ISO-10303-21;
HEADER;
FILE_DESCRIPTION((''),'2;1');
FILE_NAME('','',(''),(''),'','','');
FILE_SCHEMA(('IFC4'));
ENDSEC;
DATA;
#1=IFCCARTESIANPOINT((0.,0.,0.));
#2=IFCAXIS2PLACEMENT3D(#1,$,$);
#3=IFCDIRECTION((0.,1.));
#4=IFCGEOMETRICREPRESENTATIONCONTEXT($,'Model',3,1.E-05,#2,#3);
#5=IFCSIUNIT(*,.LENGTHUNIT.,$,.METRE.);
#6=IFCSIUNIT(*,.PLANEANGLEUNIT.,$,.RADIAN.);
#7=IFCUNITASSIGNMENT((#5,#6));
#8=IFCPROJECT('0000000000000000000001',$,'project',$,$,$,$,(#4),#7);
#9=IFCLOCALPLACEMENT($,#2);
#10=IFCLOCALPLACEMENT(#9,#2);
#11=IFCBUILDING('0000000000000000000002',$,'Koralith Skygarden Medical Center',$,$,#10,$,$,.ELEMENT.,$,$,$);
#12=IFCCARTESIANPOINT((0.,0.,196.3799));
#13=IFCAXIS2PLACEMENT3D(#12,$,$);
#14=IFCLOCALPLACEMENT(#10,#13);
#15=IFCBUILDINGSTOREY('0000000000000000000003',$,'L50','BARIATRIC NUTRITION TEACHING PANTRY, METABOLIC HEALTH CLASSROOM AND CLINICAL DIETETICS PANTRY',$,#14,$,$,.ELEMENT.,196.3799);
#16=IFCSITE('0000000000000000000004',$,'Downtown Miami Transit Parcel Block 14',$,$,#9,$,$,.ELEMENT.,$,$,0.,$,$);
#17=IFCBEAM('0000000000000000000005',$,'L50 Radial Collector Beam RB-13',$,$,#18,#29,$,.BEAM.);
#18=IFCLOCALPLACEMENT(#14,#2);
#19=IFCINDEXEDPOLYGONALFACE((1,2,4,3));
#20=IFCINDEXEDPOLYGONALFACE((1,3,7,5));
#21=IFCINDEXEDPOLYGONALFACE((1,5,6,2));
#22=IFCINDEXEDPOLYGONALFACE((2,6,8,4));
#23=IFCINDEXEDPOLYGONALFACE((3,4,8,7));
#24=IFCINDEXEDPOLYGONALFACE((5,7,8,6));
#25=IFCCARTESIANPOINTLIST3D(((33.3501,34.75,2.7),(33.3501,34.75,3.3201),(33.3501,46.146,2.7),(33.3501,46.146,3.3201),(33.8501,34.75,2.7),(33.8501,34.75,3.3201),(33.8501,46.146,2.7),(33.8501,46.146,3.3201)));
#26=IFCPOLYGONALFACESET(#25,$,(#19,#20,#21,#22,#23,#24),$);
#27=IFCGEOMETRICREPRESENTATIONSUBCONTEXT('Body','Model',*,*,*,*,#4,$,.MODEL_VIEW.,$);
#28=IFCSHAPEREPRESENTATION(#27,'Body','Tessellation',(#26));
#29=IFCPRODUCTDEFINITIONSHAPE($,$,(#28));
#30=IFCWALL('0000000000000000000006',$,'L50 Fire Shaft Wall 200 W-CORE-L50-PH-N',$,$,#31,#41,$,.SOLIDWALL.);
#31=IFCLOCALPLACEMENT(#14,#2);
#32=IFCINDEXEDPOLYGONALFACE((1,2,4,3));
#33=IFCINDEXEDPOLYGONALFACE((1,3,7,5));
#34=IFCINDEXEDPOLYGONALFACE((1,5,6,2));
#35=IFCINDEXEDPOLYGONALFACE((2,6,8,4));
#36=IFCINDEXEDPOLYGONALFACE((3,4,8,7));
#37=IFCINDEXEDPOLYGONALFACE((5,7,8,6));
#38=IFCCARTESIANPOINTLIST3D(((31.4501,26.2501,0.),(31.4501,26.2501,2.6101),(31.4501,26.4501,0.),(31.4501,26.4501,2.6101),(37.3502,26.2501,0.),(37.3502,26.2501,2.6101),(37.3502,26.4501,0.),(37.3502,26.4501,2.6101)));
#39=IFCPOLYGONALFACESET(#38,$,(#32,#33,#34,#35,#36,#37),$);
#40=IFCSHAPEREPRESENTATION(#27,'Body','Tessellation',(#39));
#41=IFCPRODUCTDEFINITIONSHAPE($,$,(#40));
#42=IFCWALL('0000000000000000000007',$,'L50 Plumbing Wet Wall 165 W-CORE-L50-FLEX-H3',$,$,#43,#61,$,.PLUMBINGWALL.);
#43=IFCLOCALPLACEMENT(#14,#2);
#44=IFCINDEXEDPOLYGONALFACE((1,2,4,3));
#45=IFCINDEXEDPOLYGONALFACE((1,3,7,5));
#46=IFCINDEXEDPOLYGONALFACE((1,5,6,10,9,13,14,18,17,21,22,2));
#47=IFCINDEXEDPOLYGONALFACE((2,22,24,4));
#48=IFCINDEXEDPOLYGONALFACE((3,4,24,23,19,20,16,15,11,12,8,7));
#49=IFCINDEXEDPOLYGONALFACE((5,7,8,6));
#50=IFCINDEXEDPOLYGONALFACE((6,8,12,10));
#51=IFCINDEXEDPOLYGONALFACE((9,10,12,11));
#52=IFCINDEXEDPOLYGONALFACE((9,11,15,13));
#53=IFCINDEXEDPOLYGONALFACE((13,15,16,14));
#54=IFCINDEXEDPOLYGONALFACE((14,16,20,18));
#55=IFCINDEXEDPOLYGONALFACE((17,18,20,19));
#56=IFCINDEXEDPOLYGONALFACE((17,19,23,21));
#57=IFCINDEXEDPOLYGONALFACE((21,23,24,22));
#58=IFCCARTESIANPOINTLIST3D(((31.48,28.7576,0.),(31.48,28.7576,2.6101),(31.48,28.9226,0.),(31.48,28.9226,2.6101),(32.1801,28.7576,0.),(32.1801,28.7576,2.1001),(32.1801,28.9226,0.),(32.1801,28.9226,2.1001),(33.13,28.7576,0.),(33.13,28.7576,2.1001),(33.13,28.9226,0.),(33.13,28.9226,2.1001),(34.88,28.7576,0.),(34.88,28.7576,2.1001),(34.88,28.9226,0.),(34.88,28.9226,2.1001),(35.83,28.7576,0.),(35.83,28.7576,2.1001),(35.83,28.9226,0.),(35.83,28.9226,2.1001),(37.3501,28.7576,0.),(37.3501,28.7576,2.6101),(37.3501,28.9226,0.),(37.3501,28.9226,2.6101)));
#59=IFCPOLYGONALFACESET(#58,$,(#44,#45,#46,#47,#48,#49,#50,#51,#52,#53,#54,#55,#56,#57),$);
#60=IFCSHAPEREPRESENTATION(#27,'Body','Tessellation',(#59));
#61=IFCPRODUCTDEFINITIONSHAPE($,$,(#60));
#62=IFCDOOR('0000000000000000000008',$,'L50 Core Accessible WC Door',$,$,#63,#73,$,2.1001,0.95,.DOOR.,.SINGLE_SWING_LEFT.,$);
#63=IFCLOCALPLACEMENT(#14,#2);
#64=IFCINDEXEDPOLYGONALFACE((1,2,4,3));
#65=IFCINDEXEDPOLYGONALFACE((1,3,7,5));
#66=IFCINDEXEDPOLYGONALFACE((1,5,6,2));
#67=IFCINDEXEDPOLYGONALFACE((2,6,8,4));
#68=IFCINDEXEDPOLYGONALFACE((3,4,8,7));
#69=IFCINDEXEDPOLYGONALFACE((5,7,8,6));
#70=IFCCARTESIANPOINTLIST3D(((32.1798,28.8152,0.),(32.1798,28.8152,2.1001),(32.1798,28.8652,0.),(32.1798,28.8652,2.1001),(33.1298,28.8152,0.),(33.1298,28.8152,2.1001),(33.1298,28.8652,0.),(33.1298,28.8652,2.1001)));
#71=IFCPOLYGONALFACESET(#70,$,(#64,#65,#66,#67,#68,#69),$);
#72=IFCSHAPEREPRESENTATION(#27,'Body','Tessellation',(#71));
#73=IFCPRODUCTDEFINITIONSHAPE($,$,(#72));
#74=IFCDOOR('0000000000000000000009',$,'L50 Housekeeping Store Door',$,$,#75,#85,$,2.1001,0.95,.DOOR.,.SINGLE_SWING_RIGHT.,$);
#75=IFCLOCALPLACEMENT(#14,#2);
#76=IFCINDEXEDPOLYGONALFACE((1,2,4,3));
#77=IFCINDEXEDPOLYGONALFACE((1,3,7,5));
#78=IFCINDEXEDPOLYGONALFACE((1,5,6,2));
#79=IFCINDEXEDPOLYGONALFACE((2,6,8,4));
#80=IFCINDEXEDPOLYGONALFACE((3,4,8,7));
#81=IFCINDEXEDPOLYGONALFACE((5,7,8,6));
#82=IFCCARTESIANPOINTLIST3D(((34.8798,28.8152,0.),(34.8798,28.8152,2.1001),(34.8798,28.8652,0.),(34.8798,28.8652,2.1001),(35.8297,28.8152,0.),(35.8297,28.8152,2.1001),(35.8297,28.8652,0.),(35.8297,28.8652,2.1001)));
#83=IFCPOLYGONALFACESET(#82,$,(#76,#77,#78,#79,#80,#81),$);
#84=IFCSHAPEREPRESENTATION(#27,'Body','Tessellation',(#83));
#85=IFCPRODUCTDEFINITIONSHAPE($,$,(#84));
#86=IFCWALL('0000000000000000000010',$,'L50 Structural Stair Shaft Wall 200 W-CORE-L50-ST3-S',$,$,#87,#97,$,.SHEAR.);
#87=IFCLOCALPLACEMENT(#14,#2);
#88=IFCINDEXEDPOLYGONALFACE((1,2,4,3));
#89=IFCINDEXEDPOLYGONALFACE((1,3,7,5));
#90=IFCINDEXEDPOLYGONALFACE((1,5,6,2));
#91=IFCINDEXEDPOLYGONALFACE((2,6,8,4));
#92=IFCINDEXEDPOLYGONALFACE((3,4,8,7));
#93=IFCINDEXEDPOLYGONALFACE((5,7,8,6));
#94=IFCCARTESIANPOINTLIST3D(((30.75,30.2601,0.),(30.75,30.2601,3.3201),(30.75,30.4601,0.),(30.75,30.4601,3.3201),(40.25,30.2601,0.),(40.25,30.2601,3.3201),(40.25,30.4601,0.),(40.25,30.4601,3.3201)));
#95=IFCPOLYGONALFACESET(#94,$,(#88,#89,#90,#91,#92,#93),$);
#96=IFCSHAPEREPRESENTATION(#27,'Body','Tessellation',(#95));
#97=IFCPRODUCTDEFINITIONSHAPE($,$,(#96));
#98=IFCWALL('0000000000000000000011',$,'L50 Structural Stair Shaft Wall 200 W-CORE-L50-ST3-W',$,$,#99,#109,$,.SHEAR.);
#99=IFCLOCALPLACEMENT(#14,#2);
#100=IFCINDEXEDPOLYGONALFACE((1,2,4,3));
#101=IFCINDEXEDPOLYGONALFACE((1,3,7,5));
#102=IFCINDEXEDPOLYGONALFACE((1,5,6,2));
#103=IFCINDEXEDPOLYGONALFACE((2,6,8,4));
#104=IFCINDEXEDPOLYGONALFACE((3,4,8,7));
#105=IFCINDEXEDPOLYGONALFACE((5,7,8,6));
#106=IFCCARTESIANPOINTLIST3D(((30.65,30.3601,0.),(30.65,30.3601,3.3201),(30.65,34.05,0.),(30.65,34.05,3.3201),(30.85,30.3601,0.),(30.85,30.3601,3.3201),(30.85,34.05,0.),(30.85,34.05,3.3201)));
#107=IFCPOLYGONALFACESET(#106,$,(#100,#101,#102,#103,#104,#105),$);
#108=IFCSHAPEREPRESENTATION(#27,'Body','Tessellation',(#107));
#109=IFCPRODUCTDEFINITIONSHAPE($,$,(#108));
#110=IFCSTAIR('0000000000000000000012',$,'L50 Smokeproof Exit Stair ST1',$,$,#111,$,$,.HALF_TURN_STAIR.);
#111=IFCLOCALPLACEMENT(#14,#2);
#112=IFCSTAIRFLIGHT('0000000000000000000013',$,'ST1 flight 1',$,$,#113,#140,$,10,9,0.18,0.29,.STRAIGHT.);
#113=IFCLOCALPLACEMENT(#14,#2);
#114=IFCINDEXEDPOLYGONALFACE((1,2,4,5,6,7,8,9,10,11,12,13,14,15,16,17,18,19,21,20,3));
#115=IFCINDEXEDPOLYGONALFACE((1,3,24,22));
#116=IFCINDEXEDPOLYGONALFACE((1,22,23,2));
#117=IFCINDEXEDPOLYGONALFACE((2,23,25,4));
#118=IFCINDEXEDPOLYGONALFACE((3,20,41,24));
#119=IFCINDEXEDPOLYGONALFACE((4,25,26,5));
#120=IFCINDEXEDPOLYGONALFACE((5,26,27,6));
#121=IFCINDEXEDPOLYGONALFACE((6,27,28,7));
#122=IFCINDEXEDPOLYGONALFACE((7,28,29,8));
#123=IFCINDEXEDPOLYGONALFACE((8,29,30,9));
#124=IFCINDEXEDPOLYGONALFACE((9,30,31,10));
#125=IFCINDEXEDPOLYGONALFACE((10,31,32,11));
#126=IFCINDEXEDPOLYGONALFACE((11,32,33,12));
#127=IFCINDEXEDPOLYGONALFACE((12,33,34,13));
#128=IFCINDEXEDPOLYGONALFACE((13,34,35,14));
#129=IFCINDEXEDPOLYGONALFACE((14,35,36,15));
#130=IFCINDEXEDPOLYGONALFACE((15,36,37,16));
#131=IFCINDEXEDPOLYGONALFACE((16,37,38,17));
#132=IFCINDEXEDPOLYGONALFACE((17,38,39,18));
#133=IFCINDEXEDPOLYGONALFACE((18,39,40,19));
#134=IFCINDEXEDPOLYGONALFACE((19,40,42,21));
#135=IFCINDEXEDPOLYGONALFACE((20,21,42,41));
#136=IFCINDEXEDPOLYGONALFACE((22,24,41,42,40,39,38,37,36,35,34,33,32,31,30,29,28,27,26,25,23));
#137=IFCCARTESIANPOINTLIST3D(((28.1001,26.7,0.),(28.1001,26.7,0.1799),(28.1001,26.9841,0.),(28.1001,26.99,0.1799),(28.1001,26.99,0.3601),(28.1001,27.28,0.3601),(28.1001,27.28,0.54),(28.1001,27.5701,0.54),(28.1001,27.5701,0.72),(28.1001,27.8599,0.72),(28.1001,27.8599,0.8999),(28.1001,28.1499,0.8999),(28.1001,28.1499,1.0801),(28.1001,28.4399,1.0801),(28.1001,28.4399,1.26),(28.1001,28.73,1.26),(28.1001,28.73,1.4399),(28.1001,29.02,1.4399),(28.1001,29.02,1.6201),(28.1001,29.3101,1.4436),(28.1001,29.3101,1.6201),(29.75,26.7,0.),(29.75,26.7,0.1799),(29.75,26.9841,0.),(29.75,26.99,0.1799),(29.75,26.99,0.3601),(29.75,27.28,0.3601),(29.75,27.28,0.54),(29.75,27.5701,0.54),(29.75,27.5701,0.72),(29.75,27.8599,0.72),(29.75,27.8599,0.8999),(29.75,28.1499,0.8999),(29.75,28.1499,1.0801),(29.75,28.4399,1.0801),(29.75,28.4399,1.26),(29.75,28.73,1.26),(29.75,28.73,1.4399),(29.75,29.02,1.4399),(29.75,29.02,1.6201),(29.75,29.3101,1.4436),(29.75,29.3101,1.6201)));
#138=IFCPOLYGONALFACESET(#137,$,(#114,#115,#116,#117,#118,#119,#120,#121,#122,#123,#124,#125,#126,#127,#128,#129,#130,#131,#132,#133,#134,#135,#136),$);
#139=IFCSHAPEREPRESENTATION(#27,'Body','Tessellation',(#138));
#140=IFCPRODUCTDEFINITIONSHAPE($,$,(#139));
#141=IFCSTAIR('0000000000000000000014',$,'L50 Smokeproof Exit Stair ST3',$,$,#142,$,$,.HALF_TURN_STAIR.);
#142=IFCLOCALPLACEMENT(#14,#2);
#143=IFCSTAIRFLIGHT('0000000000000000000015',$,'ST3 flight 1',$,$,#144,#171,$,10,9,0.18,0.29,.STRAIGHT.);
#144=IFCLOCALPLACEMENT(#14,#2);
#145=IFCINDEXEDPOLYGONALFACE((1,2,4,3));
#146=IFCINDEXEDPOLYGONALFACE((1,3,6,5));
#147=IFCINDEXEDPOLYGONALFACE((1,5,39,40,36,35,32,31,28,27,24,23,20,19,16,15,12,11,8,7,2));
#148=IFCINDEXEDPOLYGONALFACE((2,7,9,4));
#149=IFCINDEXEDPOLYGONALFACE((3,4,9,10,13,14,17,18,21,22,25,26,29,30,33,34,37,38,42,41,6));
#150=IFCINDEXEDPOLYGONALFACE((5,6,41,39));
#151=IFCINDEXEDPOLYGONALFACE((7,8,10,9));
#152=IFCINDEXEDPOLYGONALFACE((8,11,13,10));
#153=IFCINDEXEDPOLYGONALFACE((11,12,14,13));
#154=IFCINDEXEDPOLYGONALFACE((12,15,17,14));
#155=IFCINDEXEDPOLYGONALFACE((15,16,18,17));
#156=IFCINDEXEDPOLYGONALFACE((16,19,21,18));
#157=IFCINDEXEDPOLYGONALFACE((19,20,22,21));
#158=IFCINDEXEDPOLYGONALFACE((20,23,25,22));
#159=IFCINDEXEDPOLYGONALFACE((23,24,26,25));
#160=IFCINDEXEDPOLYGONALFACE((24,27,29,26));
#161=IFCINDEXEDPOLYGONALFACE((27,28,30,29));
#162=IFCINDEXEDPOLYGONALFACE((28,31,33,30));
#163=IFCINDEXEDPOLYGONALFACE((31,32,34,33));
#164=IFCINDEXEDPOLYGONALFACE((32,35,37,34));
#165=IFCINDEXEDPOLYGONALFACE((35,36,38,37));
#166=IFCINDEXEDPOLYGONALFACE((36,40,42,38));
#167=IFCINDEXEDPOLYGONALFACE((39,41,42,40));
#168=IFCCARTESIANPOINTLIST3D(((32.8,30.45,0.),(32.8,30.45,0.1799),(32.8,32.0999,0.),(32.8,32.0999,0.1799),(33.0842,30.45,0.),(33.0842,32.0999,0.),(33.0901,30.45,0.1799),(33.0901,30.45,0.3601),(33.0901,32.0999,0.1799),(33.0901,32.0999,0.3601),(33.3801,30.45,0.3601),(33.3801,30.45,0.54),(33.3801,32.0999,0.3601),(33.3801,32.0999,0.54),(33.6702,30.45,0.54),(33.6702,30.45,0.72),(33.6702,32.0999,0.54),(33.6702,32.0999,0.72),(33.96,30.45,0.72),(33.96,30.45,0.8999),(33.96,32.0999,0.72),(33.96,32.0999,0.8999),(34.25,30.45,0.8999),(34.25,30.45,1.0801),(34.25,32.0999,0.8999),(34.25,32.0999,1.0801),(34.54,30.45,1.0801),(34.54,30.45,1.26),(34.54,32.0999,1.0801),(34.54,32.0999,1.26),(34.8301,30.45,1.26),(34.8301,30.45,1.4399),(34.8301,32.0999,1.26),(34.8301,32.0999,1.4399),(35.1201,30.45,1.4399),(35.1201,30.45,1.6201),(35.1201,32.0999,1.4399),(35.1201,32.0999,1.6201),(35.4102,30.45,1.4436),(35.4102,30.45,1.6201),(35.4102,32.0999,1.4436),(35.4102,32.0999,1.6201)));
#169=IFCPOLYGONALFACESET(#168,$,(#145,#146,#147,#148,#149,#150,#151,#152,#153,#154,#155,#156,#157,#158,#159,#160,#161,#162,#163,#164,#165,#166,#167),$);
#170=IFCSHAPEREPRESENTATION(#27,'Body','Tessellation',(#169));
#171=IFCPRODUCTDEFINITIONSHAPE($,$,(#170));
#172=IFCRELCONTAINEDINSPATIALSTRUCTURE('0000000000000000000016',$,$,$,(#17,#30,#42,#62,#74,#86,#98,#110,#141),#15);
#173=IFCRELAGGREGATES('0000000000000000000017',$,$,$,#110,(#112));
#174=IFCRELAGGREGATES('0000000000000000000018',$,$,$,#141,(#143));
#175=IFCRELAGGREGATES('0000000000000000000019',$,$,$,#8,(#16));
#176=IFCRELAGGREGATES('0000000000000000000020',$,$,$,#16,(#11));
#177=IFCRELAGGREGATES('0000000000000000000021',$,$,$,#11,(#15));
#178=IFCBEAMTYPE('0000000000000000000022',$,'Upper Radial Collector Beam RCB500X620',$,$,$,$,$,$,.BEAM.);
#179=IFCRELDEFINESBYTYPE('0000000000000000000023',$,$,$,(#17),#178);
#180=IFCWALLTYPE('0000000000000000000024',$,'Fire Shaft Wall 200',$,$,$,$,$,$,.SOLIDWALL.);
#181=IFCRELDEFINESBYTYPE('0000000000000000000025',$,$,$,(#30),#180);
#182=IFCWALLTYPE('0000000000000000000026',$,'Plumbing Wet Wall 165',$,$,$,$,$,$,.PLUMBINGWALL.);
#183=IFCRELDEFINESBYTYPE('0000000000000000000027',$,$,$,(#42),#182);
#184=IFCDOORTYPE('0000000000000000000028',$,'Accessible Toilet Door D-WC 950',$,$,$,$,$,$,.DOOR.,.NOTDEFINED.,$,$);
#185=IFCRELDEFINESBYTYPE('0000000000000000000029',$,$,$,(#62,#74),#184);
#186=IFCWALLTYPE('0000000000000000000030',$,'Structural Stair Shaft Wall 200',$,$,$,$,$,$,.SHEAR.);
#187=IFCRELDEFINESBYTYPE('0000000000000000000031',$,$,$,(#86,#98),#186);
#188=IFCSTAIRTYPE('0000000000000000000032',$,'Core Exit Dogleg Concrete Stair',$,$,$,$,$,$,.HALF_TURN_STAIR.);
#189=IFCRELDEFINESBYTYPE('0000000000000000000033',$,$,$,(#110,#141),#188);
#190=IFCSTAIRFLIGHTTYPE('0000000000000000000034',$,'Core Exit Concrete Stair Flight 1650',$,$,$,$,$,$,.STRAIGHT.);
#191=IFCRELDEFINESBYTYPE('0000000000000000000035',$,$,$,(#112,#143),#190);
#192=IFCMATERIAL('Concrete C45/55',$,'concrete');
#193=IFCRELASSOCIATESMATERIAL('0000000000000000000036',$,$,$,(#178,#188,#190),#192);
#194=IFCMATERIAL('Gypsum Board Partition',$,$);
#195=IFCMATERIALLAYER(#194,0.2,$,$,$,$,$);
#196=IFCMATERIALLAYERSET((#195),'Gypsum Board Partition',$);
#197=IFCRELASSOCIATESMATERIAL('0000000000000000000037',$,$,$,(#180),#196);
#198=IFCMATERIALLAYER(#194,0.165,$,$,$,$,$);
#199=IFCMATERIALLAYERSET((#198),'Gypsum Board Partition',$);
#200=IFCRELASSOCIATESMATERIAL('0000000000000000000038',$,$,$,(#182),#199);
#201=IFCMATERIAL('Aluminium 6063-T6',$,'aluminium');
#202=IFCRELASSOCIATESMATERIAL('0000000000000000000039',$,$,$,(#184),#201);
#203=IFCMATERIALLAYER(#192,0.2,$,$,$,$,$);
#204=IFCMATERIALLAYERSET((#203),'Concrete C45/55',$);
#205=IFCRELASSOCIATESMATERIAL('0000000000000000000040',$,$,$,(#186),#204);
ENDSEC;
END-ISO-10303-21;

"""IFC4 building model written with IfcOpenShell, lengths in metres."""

from ifc_helpers import new_model, si_unit, direction, frame, frame_2d, origin, origin_2d, place, context, subcontext, project, spatial, polyline, rectangle, outline, extrude, material, layer, layer_set, material_profile, profile_set, type_object, element, fill, aggregate, save


model = new_model("IFC4")

# Units and contexts
model_context = context("Model", 3, precision=1e-05, world=origin(), true_north=direction((0.0, 1.0)))
body_context = subcontext(model_context, "Body", "Model", "MODEL_VIEW")
ifc_project = project(units=[si_unit("LENGTHUNIT", "METRE"), si_unit("PLANEANGLEUNIT", "RADIAN")], contexts=[model_context])

# Site, building, storey
site_placement = place(None, origin())
site = spatial("IfcSite", under=ifc_project, at=site_placement, Name="Downtown Miami Transit Parcel Block 14", CompositionType="ELEMENT", RefElevation=0.0)
building_placement = place(site_placement, origin())
building = spatial("IfcBuilding", under=site, at=building_placement, Name="Koralith Skygarden Medical Center", CompositionType="ELEMENT")
storey_placement = place(building_placement, frame((0.0, 0.0, 196.3799)))
storey = spatial("IfcBuildingStorey", under=building, at=storey_placement, Name="L50", Description="BARIATRIC NUTRITION TEACHING PANTRY, METABOLIC HEALTH CLASSROOM AND CLINICAL DIETETICS PANTRY", CompositionType="ELEMENT", Elevation=196.3799)

# Beam
ifc_material_1 = material(Name="Concrete C45/55", Category="concrete")
ifc_material_profile = material_profile(ifc_material_1, rectangle(XDim=0.5, YDim=0.6201, at=origin_2d()), Name="RCB500X620")
ifc_profile_set = profile_set([ifc_material_profile], Name="Concrete C45/55")
beam_type = type_object("IfcBeamType", Name="Upper Radial Collector Beam RCB500X620", PredefinedType="BEAM", material=ifc_profile_set)
beam_placement = place(storey_placement, frame((33.6001, 34.75, 3.01), z_axis=(0.0, 1.0, 0.0), x_axis=(-1.0, 0.0, 0.0)))
element("IfcBeam", 1, at=beam_placement, inside=storey, type_object=beam_type, Name="L50 Radial Collector Beam RB-13", PredefinedType="BEAM", context=body_context, shape_type="SweptSolid", body=[
    extrude(rectangle(XDim=0.5, YDim=0.6201, at=origin_2d()), origin(), (0.0, 0.0, 1.0), 11.396),
])

# Wall
ifc_material_2 = material(Name="Gypsum Board Partition")
ifc_layer_1 = layer(ifc_material_2, 0.2)
ifc_layer_set_1 = layer_set([ifc_layer_1], Name="Gypsum Board Partition")
wall_type_1 = type_object("IfcWallType", Name="Fire Shaft Wall 200", PredefinedType="SOLIDWALL", material=ifc_layer_set_1)
wall_1_placement = place(storey_placement, frame((31.45, 26.3501, 0.0), z_axis=(0.0, 0.0, 1.0), x_axis=(1.0, 0.0, 0.0)))
element("IfcWall", 2, at=wall_1_placement, inside=storey, type_object=wall_type_1, Name="L50 Fire Shaft Wall 200 W-CORE-L50-PH-N", PredefinedType="SOLIDWALL", context=body_context, shape_type="SweptSolid", body=[
    extrude(rectangle(XDim=5.9001, YDim=0.2, at=frame_2d((2.9502, 0.0))), origin(), (0.0, 0.0, 1.0), 2.6101),
])

# Wall, openings, doors
ifc_layer_2 = layer(ifc_material_2, 0.165)
ifc_layer_set_2 = layer_set([ifc_layer_2], Name="Gypsum Board Partition")
wall_type_2 = type_object("IfcWallType", Name="Plumbing Wet Wall 165", PredefinedType="PLUMBINGWALL", material=ifc_layer_set_2)
wall_2_placement = place(storey_placement, frame((31.48, 28.8401, 0.0), z_axis=(0.0, 0.0, 1.0), x_axis=(1.0, 0.0, 0.0)))
wall_2 = element("IfcWall", 3, at=wall_2_placement, inside=storey, type_object=wall_type_2, Name="L50 Plumbing Wet Wall 165 W-CORE-L50-FLEX-H3", PredefinedType="PLUMBINGWALL", context=body_context, shape_type="SweptSolid", body=[
    extrude(rectangle(XDim=5.8701, YDim=0.165, at=frame_2d((2.9351, 0.0))), origin(), (0.0, 0.0, 1.0), 2.6101),
])
opening_1_placement = place(wall_2_placement, frame((0.7, 0.0, 0.0)))
opening_1 = element("IfcOpeningElement", 4, at=opening_1_placement, cuts=wall_2, PredefinedType="OPENING", context=body_context, shape_type="SweptSolid", body=[
    extrude(rectangle(XDim=0.95, YDim=2.1001, at=frame_2d((0.4751, 1.05))), frame((0.0, 0.0925, 0.0), z_axis=(0.0, -1.0, 0.0), x_axis=(1.0, 0.0, 0.0)), (0.0, 0.0, 1.0), 0.1851),
])
opening_2_placement = place(wall_2_placement, frame((3.3999, 0.0, 0.0)))
opening_2 = element("IfcOpeningElement", 5, at=opening_2_placement, cuts=wall_2, PredefinedType="OPENING", context=body_context, shape_type="SweptSolid", body=[
    extrude(rectangle(XDim=0.95, YDim=2.1001, at=frame_2d((0.4751, 1.05))), frame((0.0, 0.0925, 0.0), z_axis=(0.0, -1.0, 0.0), x_axis=(1.0, 0.0, 0.0)), (0.0, 0.0, 1.0), 0.1851),
])
ifc_material_3 = material(Name="Aluminium 6063-T6", Category="aluminium")
door_type = type_object("IfcDoorType", Name="Accessible Toilet Door D-WC 950", OperationType="NOTDEFINED", PredefinedType="DOOR", material=ifc_material_3)
door_1_placement = place(opening_1_placement, frame((0.95, 0.0, 0.0), z_axis=(0.0, 0.0, 1.0), x_axis=(-1.0, 0.0, 0.0)))
door_1 = element("IfcDoor", 6, at=door_1_placement, inside=storey, type_object=door_type, Name="L50 Core Accessible WC Door", OperationType="SINGLE_SWING_LEFT", OverallHeight=2.1001, OverallWidth=0.95, PredefinedType="DOOR", context=body_context, shape_type="SweptSolid", body=[
    extrude(rectangle(XDim=0.95, YDim=2.1001, at=frame_2d((0.4751, 1.05))), frame((0.0, 0.0249, 0.0), z_axis=(0.0, -1.0, 0.0), x_axis=(1.0, 0.0, 0.0)), (0.0, 0.0, 1.0), 0.05),
])
fill(opening_1, door_1)
door_2_placement = place(opening_2_placement, frame((0.95, 0.0, 0.0), z_axis=(0.0, 0.0, 1.0), x_axis=(-1.0, 0.0, 0.0)))
door_2 = element("IfcDoor", 7, at=door_2_placement, inside=storey, type_object=door_type, Name="L50 Housekeeping Store Door", OperationType="SINGLE_SWING_RIGHT", OverallHeight=2.1001, OverallWidth=0.95, PredefinedType="DOOR", context=body_context, shape_type="SweptSolid", body=[
    extrude(rectangle(XDim=0.95, YDim=2.1001, at=frame_2d((0.4751, 1.05))), frame((0.0, 0.0249, 0.0), z_axis=(0.0, -1.0, 0.0), x_axis=(1.0, 0.0, 0.0)), (0.0, 0.0, 1.0), 0.05),
])
fill(opening_2, door_2)

# Walls
ifc_layer_3 = layer(ifc_material_1, 0.2)
ifc_layer_set_3 = layer_set([ifc_layer_3], Name="Concrete C45/55")
wall_type_3 = type_object("IfcWallType", Name="Structural Stair Shaft Wall 200", PredefinedType="SHEAR", material=ifc_layer_set_3)
wall_3_placement = place(storey_placement, frame((30.75, 30.3601, 0.0), z_axis=(0.0, 0.0, 1.0), x_axis=(1.0, 0.0, 0.0)))
element("IfcWall", 8, at=wall_3_placement, inside=storey, type_object=wall_type_3, Name="L50 Structural Stair Shaft Wall 200 W-CORE-L50-ST3-S", PredefinedType="SHEAR", context=body_context, shape_type="SweptSolid", body=[
    extrude(rectangle(XDim=9.5, YDim=0.2, at=frame_2d((4.75, 0.0))), origin(), (0.0, 0.0, 1.0), 3.3201),
])
wall_4_placement = place(storey_placement, frame((30.75, 30.3601, 0.0), z_axis=(0.0, 0.0, 1.0), x_axis=(0.0, 1.0, 0.0)))
element("IfcWall", 9, at=wall_4_placement, inside=storey, type_object=wall_type_3, Name="L50 Structural Stair Shaft Wall 200 W-CORE-L50-ST3-W", PredefinedType="SHEAR", context=body_context, shape_type="SweptSolid", body=[
    extrude(rectangle(XDim=3.6899, YDim=0.2, at=frame_2d((1.845, 0.0))), origin(), (0.0, 0.0, 1.0), 3.3201),
])

# Stair, stair flight
stair_type = type_object("IfcStairType", Name="Core Exit Dogleg Concrete Stair", PredefinedType="HALF_TURN_STAIR", material=ifc_material_1)
stair_1_placement = place(storey_placement, origin())
stair_1 = element("IfcStair", 10, at=stair_1_placement, inside=storey, type_object=stair_type, Name="L50 Smokeproof Exit Stair ST1", PredefinedType="HALF_TURN_STAIR")
stair_flight_type = type_object("IfcStairFlightType", Name="Core Exit Concrete Stair Flight 1650", PredefinedType="STRAIGHT", material=ifc_material_1)
stair_flight_1_placement = place(storey_placement, frame((28.925, 26.7, 0.0), z_axis=(0.0, 0.0, 1.0), x_axis=(0.0, 1.0, 0.0)))
stair_flight_1 = element("IfcStairFlight", 11, at=stair_flight_1_placement, type_object=stair_flight_type, Name="ST1 flight 1", NumberOfRisers=10, NumberOfTreads=9, PredefinedType="STRAIGHT", RiserHeight=0.18, TreadLength=0.29, context=body_context, shape_type="SweptSolid", body=[
    extrude(outline(polyline([(0.0, 0.0), (0.0, 0.1799), (0.29, 0.1799), (0.29, 0.3601), (0.5801, 0.3601), (0.5801, 0.54), (0.8701, 0.54), (0.8701, 0.72), (1.1599, 0.72), (1.1599, 0.8999), (1.45, 0.8999), (1.45, 1.0801), (1.74, 1.0801), (1.74, 1.26), (2.03, 1.26), (2.03, 1.4399), (2.3201, 1.4399), (2.3201, 1.6201), (2.6101, 1.6201), (2.6101, 1.8), (2.6101, 1.4436), (0.2842, 0.0), (0.0, 0.0)])), frame((0.0, 0.825, 0.0), z_axis=(0.0, -1.0, 0.0), x_axis=(1.0, 0.0, 0.0)), (0.0, 0.0, 1.0), 1.6499),
])
aggregate(stair_1, [stair_flight_1])

# Stair, stair flight
stair_2_placement = place(storey_placement, origin())
stair_2 = element("IfcStair", 12, at=stair_2_placement, inside=storey, type_object=stair_type, Name="L50 Smokeproof Exit Stair ST3", PredefinedType="HALF_TURN_STAIR")
stair_flight_2_placement = place(storey_placement, frame((32.8, 31.2749, 0.0), z_axis=(0.0, 0.0, 1.0), x_axis=(1.0, 0.0, 0.0)))
stair_flight_2 = element("IfcStairFlight", 13, at=stair_flight_2_placement, type_object=stair_flight_type, Name="ST3 flight 1", NumberOfRisers=10, NumberOfTreads=9, PredefinedType="STRAIGHT", RiserHeight=0.18, TreadLength=0.29, context=body_context, shape_type="SweptSolid", body=[
    extrude(outline(polyline([(0.0, 0.0), (0.0, 0.1799), (0.29, 0.1799), (0.29, 0.3601), (0.5801, 0.3601), (0.5801, 0.54), (0.8701, 0.54), (0.8701, 0.72), (1.1599, 0.72), (1.1599, 0.8999), (1.45, 0.8999), (1.45, 1.0801), (1.74, 1.0801), (1.74, 1.26), (2.03, 1.26), (2.03, 1.4399), (2.3201, 1.4399), (2.3201, 1.6201), (2.6101, 1.6201), (2.6101, 1.8), (2.6101, 1.4436), (0.2842, 0.0), (0.0, 0.0)])), frame((0.0, 0.825, 0.0), z_axis=(0.0, -1.0, 0.0), x_axis=(1.0, 0.0, 0.0)), (0.0, 0.0, 1.0), 1.6499),
])
aggregate(stair_2, [stair_flight_2])

save(model, "model.ifc")
